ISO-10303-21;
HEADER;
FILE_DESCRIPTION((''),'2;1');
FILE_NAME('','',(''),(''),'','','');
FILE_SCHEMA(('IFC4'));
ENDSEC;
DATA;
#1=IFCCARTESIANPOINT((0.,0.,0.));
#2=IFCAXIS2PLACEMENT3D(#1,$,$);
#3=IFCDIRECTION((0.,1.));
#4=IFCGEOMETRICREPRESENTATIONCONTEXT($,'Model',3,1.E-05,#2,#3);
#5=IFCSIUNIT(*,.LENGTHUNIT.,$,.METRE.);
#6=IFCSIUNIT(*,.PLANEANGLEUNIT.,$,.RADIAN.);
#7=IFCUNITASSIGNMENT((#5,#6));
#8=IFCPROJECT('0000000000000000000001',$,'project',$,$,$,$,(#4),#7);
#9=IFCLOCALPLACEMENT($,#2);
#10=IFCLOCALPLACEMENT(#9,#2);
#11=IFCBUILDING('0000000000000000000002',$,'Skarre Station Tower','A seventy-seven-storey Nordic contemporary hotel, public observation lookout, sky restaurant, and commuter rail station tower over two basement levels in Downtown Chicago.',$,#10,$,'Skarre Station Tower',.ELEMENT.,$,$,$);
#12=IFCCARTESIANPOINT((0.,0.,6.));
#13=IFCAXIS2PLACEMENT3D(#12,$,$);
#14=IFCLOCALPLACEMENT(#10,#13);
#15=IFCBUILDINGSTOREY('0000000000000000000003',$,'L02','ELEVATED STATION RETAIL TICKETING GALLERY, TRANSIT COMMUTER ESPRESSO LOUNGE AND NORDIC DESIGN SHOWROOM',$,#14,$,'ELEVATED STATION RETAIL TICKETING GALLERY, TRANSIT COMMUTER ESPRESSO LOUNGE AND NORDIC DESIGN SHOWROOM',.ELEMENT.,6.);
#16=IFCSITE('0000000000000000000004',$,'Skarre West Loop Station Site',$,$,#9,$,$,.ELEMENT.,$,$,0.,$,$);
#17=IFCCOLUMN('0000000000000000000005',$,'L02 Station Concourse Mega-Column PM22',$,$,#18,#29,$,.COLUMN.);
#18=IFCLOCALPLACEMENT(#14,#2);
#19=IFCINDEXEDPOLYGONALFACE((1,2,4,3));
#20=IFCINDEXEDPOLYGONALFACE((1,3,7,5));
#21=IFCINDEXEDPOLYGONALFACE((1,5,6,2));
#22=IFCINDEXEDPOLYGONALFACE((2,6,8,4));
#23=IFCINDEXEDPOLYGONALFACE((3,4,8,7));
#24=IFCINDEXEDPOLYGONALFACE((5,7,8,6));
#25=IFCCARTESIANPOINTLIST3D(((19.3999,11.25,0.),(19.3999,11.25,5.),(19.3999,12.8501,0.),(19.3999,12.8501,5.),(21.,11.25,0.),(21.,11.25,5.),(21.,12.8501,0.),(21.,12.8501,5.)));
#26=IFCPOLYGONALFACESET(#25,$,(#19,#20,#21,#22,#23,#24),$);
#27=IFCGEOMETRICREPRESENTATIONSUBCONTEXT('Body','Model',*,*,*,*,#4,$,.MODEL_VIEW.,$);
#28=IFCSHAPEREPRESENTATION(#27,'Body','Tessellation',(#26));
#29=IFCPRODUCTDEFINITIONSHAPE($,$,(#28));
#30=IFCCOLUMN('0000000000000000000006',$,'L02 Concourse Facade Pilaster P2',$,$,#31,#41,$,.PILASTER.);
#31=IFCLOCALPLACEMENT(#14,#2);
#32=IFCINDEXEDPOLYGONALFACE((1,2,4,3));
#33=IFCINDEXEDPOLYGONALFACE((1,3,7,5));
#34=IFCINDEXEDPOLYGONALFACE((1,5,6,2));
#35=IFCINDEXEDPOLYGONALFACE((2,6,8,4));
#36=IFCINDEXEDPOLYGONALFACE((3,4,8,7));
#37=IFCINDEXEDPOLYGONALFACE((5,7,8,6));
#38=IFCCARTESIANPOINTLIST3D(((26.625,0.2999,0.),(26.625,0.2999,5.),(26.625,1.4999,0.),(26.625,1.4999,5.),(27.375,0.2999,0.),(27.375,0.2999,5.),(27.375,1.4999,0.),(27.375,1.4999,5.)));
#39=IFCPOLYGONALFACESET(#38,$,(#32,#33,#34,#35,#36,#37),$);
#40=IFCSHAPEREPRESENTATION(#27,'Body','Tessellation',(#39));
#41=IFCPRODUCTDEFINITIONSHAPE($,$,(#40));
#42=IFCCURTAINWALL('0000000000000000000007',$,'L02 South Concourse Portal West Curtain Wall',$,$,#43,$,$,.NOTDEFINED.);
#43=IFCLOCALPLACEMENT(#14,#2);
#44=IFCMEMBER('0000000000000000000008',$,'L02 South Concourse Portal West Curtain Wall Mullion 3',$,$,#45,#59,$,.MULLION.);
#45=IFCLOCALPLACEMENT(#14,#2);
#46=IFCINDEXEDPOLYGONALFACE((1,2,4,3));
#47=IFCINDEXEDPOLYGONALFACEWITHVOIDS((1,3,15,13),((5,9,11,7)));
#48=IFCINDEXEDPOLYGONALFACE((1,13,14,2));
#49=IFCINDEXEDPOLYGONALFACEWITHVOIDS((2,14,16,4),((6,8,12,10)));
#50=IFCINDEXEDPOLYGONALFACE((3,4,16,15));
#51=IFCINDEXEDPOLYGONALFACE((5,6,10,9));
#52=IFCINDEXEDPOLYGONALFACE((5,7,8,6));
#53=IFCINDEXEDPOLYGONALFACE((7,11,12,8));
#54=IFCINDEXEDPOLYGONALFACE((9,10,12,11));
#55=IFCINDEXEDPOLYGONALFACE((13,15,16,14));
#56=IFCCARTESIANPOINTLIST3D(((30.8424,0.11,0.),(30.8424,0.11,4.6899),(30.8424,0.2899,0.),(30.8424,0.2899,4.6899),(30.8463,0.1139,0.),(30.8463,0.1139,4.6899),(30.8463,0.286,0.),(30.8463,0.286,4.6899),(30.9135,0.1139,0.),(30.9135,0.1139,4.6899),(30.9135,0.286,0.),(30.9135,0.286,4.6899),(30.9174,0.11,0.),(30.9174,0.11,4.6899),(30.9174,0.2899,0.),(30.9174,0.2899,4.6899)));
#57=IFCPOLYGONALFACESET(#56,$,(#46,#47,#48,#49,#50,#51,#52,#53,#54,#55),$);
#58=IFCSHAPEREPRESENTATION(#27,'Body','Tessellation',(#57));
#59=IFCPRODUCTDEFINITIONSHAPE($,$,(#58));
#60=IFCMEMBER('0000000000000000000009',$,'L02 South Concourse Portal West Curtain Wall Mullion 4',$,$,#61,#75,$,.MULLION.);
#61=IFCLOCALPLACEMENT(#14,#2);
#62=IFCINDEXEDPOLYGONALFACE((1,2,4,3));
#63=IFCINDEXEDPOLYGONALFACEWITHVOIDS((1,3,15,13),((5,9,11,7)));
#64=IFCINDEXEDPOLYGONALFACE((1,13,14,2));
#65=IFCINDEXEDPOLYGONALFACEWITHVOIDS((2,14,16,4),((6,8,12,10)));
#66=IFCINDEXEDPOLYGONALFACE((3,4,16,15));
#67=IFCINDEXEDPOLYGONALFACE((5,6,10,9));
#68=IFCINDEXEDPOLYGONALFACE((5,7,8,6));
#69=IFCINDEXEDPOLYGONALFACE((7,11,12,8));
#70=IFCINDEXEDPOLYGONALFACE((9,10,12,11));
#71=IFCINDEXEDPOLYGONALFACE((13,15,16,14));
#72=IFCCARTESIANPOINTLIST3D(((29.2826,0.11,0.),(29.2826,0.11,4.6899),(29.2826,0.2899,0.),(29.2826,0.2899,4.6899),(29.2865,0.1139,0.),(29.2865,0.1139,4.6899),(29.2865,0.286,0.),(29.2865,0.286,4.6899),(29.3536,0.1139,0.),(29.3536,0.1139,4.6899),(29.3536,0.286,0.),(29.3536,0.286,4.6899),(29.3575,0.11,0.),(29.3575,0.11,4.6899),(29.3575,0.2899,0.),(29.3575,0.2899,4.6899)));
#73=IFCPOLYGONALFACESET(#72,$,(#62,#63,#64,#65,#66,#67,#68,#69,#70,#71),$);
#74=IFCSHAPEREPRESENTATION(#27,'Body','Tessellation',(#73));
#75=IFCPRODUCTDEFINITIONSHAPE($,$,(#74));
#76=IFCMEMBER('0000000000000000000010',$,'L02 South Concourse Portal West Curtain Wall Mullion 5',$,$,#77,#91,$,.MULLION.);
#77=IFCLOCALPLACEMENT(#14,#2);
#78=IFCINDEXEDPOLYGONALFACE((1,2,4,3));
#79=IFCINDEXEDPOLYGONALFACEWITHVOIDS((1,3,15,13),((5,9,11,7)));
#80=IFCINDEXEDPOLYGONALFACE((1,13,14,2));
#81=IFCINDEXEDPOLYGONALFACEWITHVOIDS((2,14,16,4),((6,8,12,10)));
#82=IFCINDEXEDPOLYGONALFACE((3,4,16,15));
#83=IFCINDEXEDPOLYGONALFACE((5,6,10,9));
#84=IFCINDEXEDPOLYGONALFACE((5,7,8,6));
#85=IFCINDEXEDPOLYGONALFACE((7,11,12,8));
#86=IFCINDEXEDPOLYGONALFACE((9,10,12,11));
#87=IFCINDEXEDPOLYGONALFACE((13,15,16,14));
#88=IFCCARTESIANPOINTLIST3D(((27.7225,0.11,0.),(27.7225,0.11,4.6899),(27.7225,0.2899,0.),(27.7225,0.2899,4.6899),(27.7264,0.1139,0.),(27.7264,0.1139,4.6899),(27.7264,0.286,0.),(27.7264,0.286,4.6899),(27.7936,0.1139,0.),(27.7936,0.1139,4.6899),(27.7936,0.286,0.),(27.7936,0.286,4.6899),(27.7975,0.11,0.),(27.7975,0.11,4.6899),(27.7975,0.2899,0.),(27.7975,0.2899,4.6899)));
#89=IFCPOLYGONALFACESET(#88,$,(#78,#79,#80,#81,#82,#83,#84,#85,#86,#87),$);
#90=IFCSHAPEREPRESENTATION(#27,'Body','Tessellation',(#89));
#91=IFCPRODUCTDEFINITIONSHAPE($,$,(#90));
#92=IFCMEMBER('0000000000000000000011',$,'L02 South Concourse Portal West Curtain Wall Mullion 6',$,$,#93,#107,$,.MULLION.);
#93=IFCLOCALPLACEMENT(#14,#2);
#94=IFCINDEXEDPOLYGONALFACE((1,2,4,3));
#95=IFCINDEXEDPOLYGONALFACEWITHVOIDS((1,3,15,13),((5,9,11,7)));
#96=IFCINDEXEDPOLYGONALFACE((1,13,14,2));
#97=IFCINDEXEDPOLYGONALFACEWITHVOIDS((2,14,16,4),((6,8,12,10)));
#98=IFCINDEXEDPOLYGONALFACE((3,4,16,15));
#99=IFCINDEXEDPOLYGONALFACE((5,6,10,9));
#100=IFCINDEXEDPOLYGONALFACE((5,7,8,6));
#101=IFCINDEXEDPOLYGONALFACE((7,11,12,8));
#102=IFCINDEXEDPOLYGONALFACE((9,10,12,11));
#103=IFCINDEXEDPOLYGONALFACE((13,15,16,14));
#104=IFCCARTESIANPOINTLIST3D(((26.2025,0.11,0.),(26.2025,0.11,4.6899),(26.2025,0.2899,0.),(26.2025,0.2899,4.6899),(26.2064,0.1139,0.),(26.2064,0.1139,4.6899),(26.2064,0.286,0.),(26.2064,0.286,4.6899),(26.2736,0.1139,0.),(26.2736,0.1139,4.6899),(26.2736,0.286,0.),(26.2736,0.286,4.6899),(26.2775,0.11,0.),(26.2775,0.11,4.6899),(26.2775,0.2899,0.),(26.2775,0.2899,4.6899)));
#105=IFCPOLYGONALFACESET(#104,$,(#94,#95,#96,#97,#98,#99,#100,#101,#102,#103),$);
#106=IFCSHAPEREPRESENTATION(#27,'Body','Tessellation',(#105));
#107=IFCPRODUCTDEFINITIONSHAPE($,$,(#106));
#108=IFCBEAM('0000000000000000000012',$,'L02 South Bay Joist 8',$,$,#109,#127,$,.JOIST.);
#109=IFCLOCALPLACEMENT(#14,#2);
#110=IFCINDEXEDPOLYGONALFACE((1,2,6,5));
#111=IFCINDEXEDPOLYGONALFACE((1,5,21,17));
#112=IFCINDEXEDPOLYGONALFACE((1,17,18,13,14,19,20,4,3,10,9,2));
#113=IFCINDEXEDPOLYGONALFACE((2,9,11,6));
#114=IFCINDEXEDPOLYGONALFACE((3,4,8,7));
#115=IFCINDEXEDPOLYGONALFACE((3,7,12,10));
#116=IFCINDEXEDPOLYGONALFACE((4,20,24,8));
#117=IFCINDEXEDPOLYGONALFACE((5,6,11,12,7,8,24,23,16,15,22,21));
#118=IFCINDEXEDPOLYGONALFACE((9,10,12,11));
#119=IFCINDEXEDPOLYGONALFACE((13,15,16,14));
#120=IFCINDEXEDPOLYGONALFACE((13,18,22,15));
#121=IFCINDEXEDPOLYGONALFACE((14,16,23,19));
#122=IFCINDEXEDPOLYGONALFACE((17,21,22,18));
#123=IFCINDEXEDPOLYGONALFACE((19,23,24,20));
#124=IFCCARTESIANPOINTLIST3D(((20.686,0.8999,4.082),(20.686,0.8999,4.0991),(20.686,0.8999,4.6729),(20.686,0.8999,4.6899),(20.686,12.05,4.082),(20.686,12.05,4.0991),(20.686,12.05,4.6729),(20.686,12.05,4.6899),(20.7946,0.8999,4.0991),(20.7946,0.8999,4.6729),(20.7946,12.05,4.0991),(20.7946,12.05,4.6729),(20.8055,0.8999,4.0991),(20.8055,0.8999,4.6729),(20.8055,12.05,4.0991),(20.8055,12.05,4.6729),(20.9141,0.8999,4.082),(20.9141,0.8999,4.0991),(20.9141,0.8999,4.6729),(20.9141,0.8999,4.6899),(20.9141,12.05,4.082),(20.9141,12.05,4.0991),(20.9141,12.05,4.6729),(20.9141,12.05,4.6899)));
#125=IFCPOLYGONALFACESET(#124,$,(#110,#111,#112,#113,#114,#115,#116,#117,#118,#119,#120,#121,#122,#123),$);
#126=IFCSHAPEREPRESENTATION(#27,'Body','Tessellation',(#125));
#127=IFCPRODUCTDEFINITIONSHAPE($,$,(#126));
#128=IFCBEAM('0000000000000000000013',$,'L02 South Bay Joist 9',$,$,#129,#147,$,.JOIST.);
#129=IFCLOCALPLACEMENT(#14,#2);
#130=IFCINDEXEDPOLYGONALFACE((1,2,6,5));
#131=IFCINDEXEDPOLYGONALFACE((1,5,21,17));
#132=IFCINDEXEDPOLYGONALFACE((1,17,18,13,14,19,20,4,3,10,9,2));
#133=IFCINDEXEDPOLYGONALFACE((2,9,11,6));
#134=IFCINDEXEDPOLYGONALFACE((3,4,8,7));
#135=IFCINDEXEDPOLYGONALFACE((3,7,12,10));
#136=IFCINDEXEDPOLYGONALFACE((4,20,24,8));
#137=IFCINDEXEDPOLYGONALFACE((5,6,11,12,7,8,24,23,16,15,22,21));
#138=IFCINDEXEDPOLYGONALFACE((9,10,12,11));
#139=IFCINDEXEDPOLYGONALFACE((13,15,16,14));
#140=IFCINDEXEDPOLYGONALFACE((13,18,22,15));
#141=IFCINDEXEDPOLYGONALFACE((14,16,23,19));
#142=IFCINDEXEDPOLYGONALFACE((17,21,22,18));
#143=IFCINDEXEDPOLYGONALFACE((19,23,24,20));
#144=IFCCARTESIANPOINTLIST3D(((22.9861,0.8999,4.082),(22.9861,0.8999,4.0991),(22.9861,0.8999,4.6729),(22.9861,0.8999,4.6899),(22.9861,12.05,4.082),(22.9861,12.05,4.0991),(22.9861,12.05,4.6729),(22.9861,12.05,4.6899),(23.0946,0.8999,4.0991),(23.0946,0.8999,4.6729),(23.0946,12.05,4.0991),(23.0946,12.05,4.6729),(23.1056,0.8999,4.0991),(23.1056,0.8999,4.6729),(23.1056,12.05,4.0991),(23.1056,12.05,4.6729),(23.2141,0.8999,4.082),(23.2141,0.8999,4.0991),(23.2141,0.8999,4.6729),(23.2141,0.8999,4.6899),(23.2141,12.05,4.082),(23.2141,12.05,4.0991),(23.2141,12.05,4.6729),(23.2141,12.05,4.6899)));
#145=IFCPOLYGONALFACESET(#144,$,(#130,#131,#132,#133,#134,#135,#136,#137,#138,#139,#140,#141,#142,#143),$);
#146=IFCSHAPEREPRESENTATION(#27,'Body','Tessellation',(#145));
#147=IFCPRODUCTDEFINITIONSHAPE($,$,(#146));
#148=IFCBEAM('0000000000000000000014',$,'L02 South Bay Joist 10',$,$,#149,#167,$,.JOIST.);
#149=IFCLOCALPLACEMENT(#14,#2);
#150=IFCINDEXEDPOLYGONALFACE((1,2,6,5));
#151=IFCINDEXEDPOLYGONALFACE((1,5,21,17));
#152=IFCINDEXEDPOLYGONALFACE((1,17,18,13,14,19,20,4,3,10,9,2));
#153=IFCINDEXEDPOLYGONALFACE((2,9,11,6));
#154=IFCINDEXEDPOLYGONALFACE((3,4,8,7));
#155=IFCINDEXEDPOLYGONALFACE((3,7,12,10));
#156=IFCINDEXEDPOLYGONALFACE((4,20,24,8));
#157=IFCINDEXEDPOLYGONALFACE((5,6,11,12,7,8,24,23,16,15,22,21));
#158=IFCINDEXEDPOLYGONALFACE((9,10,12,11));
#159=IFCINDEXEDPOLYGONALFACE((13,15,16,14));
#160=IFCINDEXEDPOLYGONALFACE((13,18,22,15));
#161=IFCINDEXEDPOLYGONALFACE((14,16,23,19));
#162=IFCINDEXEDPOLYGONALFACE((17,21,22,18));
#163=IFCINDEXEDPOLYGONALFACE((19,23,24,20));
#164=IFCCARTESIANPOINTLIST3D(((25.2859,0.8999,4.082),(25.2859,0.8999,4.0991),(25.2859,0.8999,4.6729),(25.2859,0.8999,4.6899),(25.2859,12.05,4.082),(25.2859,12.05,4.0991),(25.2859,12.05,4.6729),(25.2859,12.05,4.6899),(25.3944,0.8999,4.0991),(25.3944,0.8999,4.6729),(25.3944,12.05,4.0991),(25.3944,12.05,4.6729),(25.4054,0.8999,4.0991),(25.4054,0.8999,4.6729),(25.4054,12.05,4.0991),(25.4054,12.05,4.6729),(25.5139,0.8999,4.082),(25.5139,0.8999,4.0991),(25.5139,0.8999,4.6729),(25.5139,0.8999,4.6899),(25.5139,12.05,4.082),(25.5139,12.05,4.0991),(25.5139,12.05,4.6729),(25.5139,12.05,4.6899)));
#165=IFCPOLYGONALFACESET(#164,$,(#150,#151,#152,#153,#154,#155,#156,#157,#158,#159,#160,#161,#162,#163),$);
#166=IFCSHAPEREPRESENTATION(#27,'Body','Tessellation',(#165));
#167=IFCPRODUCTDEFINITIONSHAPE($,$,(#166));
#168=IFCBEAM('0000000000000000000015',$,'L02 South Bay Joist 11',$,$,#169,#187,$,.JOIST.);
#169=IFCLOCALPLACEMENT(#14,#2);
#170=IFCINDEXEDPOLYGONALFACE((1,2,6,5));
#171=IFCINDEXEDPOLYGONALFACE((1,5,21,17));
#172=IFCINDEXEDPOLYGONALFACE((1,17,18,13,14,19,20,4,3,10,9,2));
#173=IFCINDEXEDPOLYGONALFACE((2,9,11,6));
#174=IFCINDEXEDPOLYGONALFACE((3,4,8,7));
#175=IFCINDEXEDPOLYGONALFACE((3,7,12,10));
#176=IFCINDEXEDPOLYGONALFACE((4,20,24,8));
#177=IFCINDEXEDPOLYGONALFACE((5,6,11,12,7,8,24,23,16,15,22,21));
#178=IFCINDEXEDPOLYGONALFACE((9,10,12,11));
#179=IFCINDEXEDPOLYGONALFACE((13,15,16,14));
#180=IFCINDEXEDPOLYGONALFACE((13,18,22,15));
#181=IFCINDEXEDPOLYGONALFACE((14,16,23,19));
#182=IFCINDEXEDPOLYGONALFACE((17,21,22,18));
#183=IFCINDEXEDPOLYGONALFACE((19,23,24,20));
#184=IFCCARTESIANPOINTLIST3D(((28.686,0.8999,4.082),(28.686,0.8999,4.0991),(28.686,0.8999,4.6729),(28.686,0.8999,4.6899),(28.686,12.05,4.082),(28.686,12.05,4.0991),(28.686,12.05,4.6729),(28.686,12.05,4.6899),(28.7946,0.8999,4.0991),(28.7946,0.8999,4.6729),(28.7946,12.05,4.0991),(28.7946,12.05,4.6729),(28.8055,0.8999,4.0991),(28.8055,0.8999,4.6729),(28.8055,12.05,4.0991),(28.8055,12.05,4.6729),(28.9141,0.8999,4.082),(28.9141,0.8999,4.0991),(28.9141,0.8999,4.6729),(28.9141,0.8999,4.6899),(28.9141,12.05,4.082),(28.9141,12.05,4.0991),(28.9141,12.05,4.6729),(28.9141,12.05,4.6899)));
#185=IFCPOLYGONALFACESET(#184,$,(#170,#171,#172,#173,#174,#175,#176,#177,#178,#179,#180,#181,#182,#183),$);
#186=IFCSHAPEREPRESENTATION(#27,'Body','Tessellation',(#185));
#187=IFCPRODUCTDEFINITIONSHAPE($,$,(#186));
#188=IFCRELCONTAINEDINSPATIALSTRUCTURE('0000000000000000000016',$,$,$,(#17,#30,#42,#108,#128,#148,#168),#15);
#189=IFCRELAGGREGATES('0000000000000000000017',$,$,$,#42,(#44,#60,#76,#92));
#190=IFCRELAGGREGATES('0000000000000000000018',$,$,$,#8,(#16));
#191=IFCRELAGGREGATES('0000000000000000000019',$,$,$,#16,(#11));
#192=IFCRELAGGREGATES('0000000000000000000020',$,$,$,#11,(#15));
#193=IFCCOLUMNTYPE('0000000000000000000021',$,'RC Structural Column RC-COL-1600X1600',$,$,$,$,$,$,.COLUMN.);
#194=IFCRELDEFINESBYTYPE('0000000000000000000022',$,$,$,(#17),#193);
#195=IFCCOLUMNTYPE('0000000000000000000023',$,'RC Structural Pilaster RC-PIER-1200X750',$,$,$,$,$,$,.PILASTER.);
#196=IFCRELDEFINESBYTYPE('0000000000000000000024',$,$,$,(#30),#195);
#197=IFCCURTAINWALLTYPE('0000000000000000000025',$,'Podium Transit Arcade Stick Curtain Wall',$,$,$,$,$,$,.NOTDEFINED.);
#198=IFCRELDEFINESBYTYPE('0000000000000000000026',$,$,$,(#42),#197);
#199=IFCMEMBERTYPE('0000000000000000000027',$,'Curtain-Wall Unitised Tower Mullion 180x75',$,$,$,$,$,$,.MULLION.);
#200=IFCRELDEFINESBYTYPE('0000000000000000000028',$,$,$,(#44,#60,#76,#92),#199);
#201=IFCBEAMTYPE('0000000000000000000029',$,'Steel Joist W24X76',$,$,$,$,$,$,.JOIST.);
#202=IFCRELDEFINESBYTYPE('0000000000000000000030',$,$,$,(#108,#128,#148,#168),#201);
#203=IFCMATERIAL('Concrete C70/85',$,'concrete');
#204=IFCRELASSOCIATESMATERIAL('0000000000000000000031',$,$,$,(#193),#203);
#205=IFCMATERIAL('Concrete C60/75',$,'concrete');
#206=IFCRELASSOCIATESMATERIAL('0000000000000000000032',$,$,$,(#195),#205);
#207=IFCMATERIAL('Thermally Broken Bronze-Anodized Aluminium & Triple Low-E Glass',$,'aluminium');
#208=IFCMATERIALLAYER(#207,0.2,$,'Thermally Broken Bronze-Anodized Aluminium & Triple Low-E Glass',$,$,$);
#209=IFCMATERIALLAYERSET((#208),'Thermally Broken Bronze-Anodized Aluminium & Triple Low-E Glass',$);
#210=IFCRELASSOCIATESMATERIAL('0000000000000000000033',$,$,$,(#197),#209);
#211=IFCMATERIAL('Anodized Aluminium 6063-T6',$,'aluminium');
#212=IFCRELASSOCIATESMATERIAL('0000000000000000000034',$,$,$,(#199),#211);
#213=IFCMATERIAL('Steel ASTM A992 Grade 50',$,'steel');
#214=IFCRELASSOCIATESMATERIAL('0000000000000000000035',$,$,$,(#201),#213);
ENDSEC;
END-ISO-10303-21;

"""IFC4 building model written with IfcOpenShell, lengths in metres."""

from ifc_helpers import new_model, si_unit, direction, frame, origin, origin_2d, place, context, subcontext, project, spatial, rectangle, hollow_rectangle, i_section, extrude, material, layer, layer_set, material_profile, profile_set, type_object, element, aggregate, save


model = new_model("IFC4")

# Units and contexts
model_context = context("Model", 3, precision=1e-05, world=origin(), true_north=direction((0.0, 1.0)))
body_context = subcontext(model_context, "Body", "Model", "MODEL_VIEW")
ifc_project = project(units=[si_unit("LENGTHUNIT", "METRE"), si_unit("PLANEANGLEUNIT", "RADIAN")], contexts=[model_context])

# Site, building, storey
site_placement = place(None, origin())
site = spatial("IfcSite", under=ifc_project, at=site_placement, Name="Skarre West Loop Station Site", CompositionType="ELEMENT", RefElevation=0.0)
building_placement = place(site_placement, origin())
building = spatial("IfcBuilding", under=site, at=building_placement, Name="Skarre Station Tower", Description="A seventy-seven-storey Nordic contemporary hotel, public observation lookout, sky restaurant, and commuter rail station tower over two basement levels in Downtown Chicago.", LongName="Skarre Station Tower", CompositionType="ELEMENT")
storey_placement = place(building_placement, frame((0.0, 0.0, 6.0)))
storey = spatial("IfcBuildingStorey", under=building, at=storey_placement, Name="L02", Description="ELEVATED STATION RETAIL TICKETING GALLERY, TRANSIT COMMUTER ESPRESSO LOUNGE AND NORDIC DESIGN SHOWROOM", LongName="ELEVATED STATION RETAIL TICKETING GALLERY, TRANSIT COMMUTER ESPRESSO LOUNGE AND NORDIC DESIGN SHOWROOM", CompositionType="ELEMENT", Elevation=6.0)

# Columns
ifc_material_1 = material(Name="Concrete C70/85", Category="concrete")
ifc_material_profile_1 = material_profile(ifc_material_1, rectangle(XDim=1.6001, YDim=1.6001, at=origin_2d()), Name="Concrete C70/85")
ifc_profile_set_1 = profile_set([ifc_material_profile_1], Name="Concrete C70/85")
column_type_1 = type_object("IfcColumnType", Name="RC Structural Column RC-COL-1600X1600", PredefinedType="COLUMN", material=ifc_profile_set_1)
column_1_placement = place(storey_placement, frame((20.2, 12.05, 0.0), z_axis=(0.0, 0.0, 1.0), x_axis=(1.0, 0.0, 0.0)))
element("IfcColumn", 1, at=column_1_placement, inside=storey, type_object=column_type_1, Name="L02 Station Concourse Mega-Column PM22", PredefinedType="COLUMN", context=body_context, shape_type="SweptSolid", body=[
    extrude(rectangle(XDim=1.6001, YDim=1.6001, at=origin_2d()), origin(), (0.0, 0.0, 1.0), 5.0),
])
ifc_material_2 = material(Name="Concrete C60/75", Category="concrete")
ifc_material_profile_2 = material_profile(ifc_material_2, rectangle(XDim=0.75, YDim=1.2, at=origin_2d()), Name="Concrete C60/75")
ifc_profile_set_2 = profile_set([ifc_material_profile_2], Name="Concrete C60/75")
column_type_2 = type_object("IfcColumnType", Name="RC Structural Pilaster RC-PIER-1200X750", PredefinedType="PILASTER", material=ifc_profile_set_2)
column_2_placement = place(storey_placement, frame((27.0, 0.8999, 0.0), z_axis=(0.0, 0.0, 1.0), x_axis=(1.0, 0.0, 0.0)))
element("IfcColumn", 2, at=column_2_placement, inside=storey, type_object=column_type_2, Name="L02 Concourse Facade Pilaster P2", PredefinedType="PILASTER", context=body_context, shape_type="SweptSolid", body=[
    extrude(rectangle(XDim=0.75, YDim=1.2, at=origin_2d()), origin(), (0.0, 0.0, 1.0), 5.0),
])

# Curtain wall, members
ifc_material_3 = material(Name="Thermally Broken Bronze-Anodized Aluminium & Triple Low-E Glass", Category="aluminium")
ifc_layer_1 = layer(ifc_material_3, 0.2, Name="Thermally Broken Bronze-Anodized Aluminium & Triple Low-E Glass")
ifc_layer_set_1 = layer_set([ifc_layer_1], Name="Thermally Broken Bronze-Anodized Aluminium & Triple Low-E Glass")
curtain_wall_type = type_object("IfcCurtainWallType", Name="Podium Transit Arcade Stick Curtain Wall", PredefinedType="NOTDEFINED", material=ifc_layer_set_1)
curtain_wall_placement = place(storey_placement, origin())
curtain_wall = element("IfcCurtainWall", 3, at=curtain_wall_placement, inside=storey, type_object=curtain_wall_type, Name="L02 South Concourse Portal West Curtain Wall", PredefinedType="NOTDEFINED")
ifc_material_4 = material(Name="Anodized Aluminium 6063-T6", Category="aluminium")
ifc_material_profile_3 = material_profile(ifc_material_4, hollow_rectangle(XDim=0.075, YDim=0.1799, WallThickness=0.0039, at=origin_2d()), Name="Anodized Aluminium 6063-T6")
ifc_profile_set_3 = profile_set([ifc_material_profile_3], Name="Anodized Aluminium 6063-T6")
member_type = type_object("IfcMemberType", Name="Curtain-Wall Unitised Tower Mullion 180x75", PredefinedType="MULLION", material=ifc_profile_set_3)
member_1_placement = place(storey_placement, frame((30.8799, 0.2, 0.0), z_axis=(0.0, 0.0, 1.0), x_axis=(-1.0, 0.0, 0.0)))
member_1 = element("IfcMember", 4, at=member_1_placement, type_object=member_type, Name="L02 South Concourse Portal West Curtain Wall Mullion 3", PredefinedType="MULLION", context=body_context, shape_type="SweptSolid", body=[
    extrude(hollow_rectangle(XDim=0.075, YDim=0.1799, WallThickness=0.0039, at=origin_2d()), origin(), (0.0, 0.0, 1.0), 4.6899),
])
member_2_placement = place(storey_placement, frame((29.3201, 0.2, 0.0), z_axis=(0.0, 0.0, 1.0), x_axis=(-1.0, 0.0, 0.0)))
member_2 = element("IfcMember", 5, at=member_2_placement, type_object=member_type, Name="L02 South Concourse Portal West Curtain Wall Mullion 4", PredefinedType="MULLION", context=body_context, shape_type="SweptSolid", body=[
    extrude(hollow_rectangle(XDim=0.075, YDim=0.1799, WallThickness=0.0039, at=origin_2d()), origin(), (0.0, 0.0, 1.0), 4.6899),
])
member_3_placement = place(storey_placement, frame((27.76, 0.2, 0.0), z_axis=(0.0, 0.0, 1.0), x_axis=(-1.0, 0.0, 0.0)))
member_3 = element("IfcMember", 6, at=member_3_placement, type_object=member_type, Name="L02 South Concourse Portal West Curtain Wall Mullion 5", PredefinedType="MULLION", context=body_context, shape_type="SweptSolid", body=[
    extrude(hollow_rectangle(XDim=0.075, YDim=0.1799, WallThickness=0.0039, at=origin_2d()), origin(), (0.0, 0.0, 1.0), 4.6899),
])
member_4_placement = place(storey_placement, frame((26.24, 0.2, 0.0), z_axis=(0.0, 0.0, 1.0), x_axis=(-1.0, 0.0, 0.0)))
member_4 = element("IfcMember", 7, at=member_4_placement, type_object=member_type, Name="L02 South Concourse Portal West Curtain Wall Mullion 6", PredefinedType="MULLION", context=body_context, shape_type="SweptSolid", body=[
    extrude(hollow_rectangle(XDim=0.075, YDim=0.1799, WallThickness=0.0039, at=origin_2d()), origin(), (0.0, 0.0, 1.0), 4.6899),
])

# Beams
ifc_material_5 = material(Name="Steel ASTM A992 Grade 50", Category="steel")
ifc_material_profile_4 = material_profile(ifc_material_5, i_section(OverallWidth=0.228, OverallDepth=0.6079, WebThickness=0.011, FlangeThickness=0.0171, at=origin_2d()), Name="Steel ASTM A992 Grade 50")
ifc_profile_set_4 = profile_set([ifc_material_profile_4], Name="Steel ASTM A992 Grade 50")
beam_type_1 = type_object("IfcBeamType", Name="Steel Joist W24X76", PredefinedType="JOIST", material=ifc_profile_set_4)
for number, where, z_axis, x_axis, name in (
    (8, (20.8, 0.8999, 4.386), (0.0, 1.0, 0.0), (-1.0, 0.0, 0.0), "L02 South Bay Joist 8"),
    (9, (23.1001, 0.8999, 4.386), (0.0, 1.0, 0.0), (-1.0, 0.0, 0.0), "L02 South Bay Joist 9"),
    (10, (25.3999, 0.8999, 4.386), (0.0, 1.0, 0.0), (-1.0, 0.0, 0.0), "L02 South Bay Joist 10"),
    (11, (28.8, 0.8999, 4.386), (0.0, 1.0, 0.0), (-1.0, 0.0, 0.0), "L02 South Bay Joist 11"),
):
    element("IfcBeam", number, at=place(storey_placement, frame(where, z_axis=z_axis, x_axis=x_axis)), inside=storey, type_object=beam_type_1, Name=name, PredefinedType="JOIST", context=body_context, shape_type="SweptSolid", body=[
        extrude(i_section(OverallWidth=0.228, OverallDepth=0.6079, WebThickness=0.011, FlangeThickness=0.0171, at=origin_2d()), origin(), (0.0, 0.0, 1.0), 11.1501),
    ])

aggregate(curtain_wall, [member_1, member_2, member_3, member_4])

save(model, "model.ifc")
